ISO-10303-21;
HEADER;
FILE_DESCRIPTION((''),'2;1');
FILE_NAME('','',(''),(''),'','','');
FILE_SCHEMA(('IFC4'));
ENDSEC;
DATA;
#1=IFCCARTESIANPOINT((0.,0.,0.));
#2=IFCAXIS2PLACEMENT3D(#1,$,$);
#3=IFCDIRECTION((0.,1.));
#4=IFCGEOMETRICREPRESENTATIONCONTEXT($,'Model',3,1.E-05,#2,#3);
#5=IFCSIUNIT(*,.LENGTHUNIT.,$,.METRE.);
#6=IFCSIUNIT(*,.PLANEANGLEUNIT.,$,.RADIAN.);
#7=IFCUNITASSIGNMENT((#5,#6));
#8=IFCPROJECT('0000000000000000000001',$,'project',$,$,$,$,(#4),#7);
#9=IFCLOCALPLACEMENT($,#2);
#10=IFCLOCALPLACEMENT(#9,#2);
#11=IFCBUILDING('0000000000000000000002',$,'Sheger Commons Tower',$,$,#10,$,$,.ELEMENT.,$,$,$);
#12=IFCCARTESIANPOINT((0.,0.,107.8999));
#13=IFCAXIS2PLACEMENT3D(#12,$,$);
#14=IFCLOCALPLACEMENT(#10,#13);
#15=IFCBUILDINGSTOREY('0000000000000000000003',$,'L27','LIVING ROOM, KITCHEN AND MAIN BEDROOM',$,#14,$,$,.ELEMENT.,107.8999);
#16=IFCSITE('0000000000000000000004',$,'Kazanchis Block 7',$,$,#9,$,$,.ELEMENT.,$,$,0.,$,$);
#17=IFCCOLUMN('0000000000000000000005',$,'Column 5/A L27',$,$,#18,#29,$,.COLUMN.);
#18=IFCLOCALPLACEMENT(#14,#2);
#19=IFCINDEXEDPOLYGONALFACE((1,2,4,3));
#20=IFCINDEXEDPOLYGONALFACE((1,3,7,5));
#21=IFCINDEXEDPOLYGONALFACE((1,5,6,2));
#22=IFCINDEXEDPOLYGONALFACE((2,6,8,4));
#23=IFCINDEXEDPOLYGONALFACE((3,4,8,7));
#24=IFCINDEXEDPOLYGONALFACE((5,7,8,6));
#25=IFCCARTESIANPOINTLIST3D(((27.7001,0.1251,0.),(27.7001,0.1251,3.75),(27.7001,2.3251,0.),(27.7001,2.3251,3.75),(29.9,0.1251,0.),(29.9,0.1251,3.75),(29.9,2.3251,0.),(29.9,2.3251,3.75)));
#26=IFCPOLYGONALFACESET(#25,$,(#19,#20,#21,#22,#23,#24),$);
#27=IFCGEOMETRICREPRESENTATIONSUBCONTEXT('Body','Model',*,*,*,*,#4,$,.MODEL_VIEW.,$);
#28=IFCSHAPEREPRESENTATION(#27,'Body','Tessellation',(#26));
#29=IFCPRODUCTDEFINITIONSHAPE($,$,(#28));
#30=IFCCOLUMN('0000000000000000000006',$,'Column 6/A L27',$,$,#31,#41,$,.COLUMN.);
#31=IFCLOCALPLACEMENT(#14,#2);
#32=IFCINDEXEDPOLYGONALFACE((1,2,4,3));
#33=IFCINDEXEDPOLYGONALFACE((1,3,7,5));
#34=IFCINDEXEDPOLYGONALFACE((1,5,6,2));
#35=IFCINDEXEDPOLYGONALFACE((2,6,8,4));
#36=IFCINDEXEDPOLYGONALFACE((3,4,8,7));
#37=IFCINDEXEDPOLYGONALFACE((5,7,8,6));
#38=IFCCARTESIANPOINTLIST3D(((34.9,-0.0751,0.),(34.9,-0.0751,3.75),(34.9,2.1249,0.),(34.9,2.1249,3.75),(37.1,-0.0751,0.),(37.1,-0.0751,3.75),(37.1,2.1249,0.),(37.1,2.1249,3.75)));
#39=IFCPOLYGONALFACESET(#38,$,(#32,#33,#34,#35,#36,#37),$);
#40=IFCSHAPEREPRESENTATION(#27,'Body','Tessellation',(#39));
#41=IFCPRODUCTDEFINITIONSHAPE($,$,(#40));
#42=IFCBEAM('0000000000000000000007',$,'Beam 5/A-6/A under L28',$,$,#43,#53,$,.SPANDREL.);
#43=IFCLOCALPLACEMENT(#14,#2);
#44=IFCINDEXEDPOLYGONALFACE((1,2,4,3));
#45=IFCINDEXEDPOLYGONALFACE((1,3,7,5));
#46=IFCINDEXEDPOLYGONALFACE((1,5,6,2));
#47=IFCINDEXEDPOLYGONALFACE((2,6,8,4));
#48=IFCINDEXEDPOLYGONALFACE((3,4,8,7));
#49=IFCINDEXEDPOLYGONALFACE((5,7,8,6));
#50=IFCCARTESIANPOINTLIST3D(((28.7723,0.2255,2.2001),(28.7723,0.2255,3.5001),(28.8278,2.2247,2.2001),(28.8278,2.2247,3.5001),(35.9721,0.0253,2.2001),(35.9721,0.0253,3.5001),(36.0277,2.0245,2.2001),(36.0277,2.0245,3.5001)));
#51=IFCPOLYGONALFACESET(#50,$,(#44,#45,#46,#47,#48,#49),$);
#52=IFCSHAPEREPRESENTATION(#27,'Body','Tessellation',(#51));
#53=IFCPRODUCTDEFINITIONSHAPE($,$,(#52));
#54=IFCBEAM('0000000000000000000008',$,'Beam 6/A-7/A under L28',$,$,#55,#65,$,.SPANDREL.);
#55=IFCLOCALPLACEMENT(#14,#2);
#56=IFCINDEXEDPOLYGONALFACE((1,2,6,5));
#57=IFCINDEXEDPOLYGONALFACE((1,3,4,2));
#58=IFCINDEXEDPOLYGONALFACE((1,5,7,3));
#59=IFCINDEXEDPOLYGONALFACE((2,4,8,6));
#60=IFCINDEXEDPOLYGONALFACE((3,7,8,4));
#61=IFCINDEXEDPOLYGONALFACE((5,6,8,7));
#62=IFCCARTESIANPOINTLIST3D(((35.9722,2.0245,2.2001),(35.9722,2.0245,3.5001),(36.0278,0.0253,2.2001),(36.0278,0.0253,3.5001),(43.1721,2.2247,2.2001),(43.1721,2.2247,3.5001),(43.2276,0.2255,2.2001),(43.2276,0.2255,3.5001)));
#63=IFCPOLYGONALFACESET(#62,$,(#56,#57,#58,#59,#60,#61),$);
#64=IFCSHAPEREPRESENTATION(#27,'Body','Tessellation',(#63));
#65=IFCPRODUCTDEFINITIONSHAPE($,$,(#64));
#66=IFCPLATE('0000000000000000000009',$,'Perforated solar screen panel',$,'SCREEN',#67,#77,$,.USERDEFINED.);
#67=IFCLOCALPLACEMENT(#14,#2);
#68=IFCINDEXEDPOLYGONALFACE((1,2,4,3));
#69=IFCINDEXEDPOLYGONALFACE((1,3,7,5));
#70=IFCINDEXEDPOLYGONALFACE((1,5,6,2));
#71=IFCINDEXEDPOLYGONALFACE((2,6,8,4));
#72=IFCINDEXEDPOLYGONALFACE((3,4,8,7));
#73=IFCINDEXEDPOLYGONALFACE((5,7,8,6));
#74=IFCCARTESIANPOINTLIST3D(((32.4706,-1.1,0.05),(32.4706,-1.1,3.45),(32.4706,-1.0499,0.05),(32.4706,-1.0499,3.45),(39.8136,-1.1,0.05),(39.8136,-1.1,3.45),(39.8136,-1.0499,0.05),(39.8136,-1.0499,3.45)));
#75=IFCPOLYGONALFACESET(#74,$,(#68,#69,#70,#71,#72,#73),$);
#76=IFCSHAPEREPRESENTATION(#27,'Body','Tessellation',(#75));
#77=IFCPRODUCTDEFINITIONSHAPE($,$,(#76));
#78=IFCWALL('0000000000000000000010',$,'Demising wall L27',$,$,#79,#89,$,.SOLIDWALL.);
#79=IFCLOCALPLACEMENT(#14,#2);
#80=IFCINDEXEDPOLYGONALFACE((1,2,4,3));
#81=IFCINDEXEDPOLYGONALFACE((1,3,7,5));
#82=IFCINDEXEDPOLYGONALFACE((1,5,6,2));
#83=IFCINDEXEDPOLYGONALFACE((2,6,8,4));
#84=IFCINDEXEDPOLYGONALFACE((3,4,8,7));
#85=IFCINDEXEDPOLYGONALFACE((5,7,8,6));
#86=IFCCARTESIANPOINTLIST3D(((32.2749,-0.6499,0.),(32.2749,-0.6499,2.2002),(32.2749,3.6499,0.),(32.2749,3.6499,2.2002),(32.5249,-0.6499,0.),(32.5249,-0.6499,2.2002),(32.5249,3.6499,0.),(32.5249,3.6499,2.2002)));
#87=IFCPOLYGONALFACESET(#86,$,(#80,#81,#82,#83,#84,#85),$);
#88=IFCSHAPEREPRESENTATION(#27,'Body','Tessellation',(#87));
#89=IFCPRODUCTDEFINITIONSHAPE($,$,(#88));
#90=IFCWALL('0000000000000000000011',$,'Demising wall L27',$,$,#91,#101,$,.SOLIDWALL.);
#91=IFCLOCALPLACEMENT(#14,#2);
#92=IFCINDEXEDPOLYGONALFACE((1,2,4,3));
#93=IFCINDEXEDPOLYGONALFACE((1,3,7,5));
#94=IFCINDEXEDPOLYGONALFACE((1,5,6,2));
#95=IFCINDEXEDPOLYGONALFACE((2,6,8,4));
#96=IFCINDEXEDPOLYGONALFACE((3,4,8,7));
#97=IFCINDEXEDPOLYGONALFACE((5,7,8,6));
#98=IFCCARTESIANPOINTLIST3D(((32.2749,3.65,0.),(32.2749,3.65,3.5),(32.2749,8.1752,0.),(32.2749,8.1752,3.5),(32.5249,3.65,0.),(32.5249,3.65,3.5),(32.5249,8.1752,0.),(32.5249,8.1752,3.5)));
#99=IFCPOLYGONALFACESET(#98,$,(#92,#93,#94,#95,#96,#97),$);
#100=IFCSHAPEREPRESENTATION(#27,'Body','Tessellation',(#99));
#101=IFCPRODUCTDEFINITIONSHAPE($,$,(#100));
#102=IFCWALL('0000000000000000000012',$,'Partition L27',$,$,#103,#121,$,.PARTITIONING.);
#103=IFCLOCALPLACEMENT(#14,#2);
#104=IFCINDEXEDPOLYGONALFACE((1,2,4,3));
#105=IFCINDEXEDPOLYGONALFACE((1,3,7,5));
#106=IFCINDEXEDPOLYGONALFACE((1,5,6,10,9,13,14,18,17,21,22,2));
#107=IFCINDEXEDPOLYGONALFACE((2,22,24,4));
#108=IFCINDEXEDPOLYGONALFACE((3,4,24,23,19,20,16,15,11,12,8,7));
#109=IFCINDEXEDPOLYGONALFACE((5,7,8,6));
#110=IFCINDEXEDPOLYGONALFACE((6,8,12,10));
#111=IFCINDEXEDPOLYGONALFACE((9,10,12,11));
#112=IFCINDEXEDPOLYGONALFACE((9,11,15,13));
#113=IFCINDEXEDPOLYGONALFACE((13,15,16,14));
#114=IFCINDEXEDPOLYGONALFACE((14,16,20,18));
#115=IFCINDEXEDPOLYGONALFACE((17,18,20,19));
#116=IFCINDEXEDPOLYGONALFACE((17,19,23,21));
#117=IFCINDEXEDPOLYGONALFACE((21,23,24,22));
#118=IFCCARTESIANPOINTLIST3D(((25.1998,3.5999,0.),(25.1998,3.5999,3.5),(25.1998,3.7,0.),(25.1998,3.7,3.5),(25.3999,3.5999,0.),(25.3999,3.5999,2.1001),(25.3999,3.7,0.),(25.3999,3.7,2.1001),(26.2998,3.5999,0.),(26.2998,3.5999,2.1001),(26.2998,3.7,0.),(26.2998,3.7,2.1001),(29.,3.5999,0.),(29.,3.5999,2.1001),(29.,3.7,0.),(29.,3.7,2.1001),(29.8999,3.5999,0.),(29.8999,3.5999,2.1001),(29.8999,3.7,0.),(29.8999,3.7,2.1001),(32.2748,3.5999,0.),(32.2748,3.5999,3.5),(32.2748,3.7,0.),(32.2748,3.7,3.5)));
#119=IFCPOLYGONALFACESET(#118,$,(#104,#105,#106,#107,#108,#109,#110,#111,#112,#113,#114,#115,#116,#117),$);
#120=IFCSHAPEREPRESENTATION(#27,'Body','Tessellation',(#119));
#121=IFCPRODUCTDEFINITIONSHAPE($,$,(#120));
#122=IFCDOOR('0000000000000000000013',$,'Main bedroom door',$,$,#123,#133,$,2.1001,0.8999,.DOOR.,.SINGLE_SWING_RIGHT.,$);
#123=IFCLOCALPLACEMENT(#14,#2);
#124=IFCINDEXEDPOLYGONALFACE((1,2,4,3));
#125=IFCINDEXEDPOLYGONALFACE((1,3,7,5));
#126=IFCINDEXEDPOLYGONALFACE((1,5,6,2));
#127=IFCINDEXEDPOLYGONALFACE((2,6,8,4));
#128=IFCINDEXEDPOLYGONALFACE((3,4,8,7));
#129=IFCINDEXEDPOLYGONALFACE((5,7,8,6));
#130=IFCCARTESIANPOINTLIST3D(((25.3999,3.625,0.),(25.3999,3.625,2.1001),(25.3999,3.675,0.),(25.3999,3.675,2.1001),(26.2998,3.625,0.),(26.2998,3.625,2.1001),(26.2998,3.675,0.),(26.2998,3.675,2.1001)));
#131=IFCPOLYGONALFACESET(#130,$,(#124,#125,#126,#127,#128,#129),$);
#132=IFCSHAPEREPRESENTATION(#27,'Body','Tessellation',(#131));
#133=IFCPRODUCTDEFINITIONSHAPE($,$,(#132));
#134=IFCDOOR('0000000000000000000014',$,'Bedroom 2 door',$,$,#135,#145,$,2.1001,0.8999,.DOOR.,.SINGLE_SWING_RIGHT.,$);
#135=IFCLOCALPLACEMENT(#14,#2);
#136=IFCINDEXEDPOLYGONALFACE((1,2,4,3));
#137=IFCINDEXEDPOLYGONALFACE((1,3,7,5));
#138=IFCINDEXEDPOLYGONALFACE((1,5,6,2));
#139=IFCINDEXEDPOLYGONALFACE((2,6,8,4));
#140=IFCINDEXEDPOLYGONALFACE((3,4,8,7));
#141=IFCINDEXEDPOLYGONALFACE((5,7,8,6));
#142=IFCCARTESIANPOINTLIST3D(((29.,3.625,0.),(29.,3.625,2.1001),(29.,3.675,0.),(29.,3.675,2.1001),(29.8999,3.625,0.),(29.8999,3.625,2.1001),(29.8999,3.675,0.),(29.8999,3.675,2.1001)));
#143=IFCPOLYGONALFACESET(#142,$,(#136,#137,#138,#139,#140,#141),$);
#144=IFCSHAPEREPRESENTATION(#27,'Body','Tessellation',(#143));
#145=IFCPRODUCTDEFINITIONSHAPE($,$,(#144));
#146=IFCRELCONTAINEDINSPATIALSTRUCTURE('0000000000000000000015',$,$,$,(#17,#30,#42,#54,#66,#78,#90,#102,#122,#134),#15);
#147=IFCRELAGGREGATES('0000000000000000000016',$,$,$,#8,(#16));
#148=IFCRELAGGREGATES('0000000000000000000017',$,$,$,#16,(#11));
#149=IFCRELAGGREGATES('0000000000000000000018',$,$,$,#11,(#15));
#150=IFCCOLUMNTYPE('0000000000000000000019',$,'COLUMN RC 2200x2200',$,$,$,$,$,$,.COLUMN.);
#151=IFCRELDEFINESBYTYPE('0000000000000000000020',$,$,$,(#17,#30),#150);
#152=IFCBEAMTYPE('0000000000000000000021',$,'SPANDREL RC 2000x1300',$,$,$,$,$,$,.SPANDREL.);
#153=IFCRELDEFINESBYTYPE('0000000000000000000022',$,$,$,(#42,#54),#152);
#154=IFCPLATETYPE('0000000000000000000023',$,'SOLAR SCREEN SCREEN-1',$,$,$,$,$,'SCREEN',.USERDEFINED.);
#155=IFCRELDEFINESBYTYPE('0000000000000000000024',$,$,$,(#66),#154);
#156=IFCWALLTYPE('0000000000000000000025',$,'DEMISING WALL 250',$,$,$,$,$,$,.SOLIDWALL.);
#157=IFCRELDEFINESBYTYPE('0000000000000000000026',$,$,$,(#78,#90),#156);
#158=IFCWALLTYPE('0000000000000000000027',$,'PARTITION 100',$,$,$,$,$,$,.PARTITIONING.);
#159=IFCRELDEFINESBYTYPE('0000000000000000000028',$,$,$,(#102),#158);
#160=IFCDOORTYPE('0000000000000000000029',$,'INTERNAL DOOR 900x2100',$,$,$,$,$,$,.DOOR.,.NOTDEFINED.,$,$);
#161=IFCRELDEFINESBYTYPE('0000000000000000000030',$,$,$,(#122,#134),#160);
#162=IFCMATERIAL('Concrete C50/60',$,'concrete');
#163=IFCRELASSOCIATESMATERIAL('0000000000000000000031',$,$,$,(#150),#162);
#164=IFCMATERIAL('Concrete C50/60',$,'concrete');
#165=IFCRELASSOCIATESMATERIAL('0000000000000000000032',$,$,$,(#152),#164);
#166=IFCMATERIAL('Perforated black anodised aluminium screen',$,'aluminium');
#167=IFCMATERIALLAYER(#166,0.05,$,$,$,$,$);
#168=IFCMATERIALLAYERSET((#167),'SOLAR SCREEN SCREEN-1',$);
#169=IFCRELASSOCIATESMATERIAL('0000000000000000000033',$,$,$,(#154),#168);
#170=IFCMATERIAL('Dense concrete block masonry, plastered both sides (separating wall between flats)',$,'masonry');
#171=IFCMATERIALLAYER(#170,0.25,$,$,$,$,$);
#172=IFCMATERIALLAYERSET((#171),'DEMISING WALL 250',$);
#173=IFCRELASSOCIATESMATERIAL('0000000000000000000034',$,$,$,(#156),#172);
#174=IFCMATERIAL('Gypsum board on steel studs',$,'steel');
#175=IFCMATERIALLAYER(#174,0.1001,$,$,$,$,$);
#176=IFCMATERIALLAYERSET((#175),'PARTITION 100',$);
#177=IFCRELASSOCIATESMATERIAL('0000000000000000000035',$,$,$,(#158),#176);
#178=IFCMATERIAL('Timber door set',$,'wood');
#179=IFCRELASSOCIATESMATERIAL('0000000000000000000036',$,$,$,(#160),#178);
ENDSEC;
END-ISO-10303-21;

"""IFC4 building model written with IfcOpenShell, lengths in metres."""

from ifc_helpers import new_model, si_unit, direction, frame, frame_2d, origin, origin_2d, place, context, subcontext, project, spatial, rectangle, extrude, material, layer, layer_set, material_profile, profile_set, type_object, element, fill, save


model = new_model("IFC4")

# Units and contexts
model_context = context("Model", 3, precision=1e-05, world=origin(), true_north=direction((0.0, 1.0)))
body_context = subcontext(model_context, "Body", "Model", "MODEL_VIEW")
ifc_project = project(units=[si_unit("LENGTHUNIT", "METRE"), si_unit("PLANEANGLEUNIT", "RADIAN")], contexts=[model_context])

# Site, building, storey
site_placement = place(None, origin())
site = spatial("IfcSite", under=ifc_project, at=site_placement, Name="Kazanchis Block 7", CompositionType="ELEMENT", RefElevation=0.0)
building_placement = place(site_placement, origin())
building = spatial("IfcBuilding", under=site, at=building_placement, Name="Sheger Commons Tower", CompositionType="ELEMENT")
storey_placement = place(building_placement, frame((0.0, 0.0, 107.8999)))
storey = spatial("IfcBuildingStorey", under=building, at=storey_placement, Name="L27", Description="LIVING ROOM, KITCHEN AND MAIN BEDROOM", CompositionType="ELEMENT", Elevation=107.8999)

# Columns
ifc_material_1 = material(Name="Concrete C50/60", Category="concrete")
ifc_material_profile_1 = material_profile(ifc_material_1, rectangle(XDim=2.2, YDim=2.2, at=origin_2d()), Name="RC 2200x2200")
ifc_profile_set_1 = profile_set([ifc_material_profile_1], Name="Concrete C50/60")
column_type = type_object("IfcColumnType", Name="COLUMN RC 2200x2200", PredefinedType="COLUMN", material=ifc_profile_set_1)
for number, where, z_axis, x_axis, name in (
    (1, (28.8, 1.2251, 0.0), (0.0, 0.0, 1.0), (1.0, 0.0, 0.0), "Column 5/A L27"),
    (2, (36.0, 1.0249, 0.0), (0.0, 0.0, 1.0), (1.0, 0.0, 0.0), "Column 6/A L27"),
):
    element("IfcColumn", number, at=place(storey_placement, frame(where, z_axis=z_axis, x_axis=x_axis)), inside=storey, type_object=column_type, Name=name, PredefinedType="COLUMN", context=body_context, shape_type="SweptSolid", body=[
        extrude(rectangle(XDim=2.2, YDim=2.2, at=origin_2d()), origin(), (0.0, 0.0, 1.0), 3.75),
    ])

# Beams
ifc_material_2 = material(Name="Concrete C50/60", Category="concrete")
ifc_material_profile_2 = material_profile(ifc_material_2, rectangle(XDim=2.0, YDim=1.3, at=origin_2d()), Name="RC 2000x1300")
ifc_profile_set_2 = profile_set([ifc_material_profile_2], Name="Concrete C50/60")
beam_type = type_object("IfcBeamType", Name="SPANDREL RC 2000x1300", PredefinedType="SPANDREL", material=ifc_profile_set_2)
for number, where, z_axis, x_axis, name in (
    (3, (28.8, 1.2251, 2.8501), (0.999614, -0.027794, 0.0), (0.027794, 0.999614, 0.0), "Beam 5/A-6/A under L28"),
    (4, (36.0, 1.0249, 2.8501), (0.999614, 0.027794, 0.0), (-0.027794, 0.999614, 0.0), "Beam 6/A-7/A under L28"),
):
    element("IfcBeam", number, at=place(storey_placement, frame(where, z_axis=z_axis, x_axis=x_axis)), inside=storey, type_object=beam_type, Name=name, PredefinedType="SPANDREL", context=body_context, shape_type="SweptSolid", body=[
        extrude(rectangle(XDim=2.0, YDim=1.3, at=origin_2d()), origin(), (0.0, 0.0, 1.0), 7.2026),
    ])

# Plate
ifc_material_3 = material(Name="Perforated black anodised aluminium screen", Category="aluminium")
ifc_layer_1 = layer(ifc_material_3, 0.05)
ifc_layer_set_1 = layer_set([ifc_layer_1], Name="SOLAR SCREEN SCREEN-1")
plate_type = type_object("IfcPlateType", Name="SOLAR SCREEN SCREEN-1", ElementType="SCREEN", PredefinedType="USERDEFINED", material=ifc_layer_set_1)
plate_placement = place(storey_placement, frame((36.1421, -1.075, 0.05), z_axis=(0.0, 0.0, 1.0), x_axis=(1.0, 0.0, 0.0)))
element("IfcPlate", 5, at=plate_placement, inside=storey, type_object=plate_type, Name="Perforated solar screen panel", ObjectType="SCREEN", PredefinedType="USERDEFINED", context=body_context, shape_type="SweptSolid", body=[
    extrude(rectangle(XDim=7.343, YDim=0.05, at=origin_2d()), origin(), (0.0, 0.0, 1.0), 3.3999),
])

# Walls
ifc_material_4 = material(Name="Dense concrete block masonry, plastered both sides (separating wall between flats)", Category="masonry")
ifc_layer_2 = layer(ifc_material_4, 0.25)
ifc_layer_set_2 = layer_set([ifc_layer_2], Name="DEMISING WALL 250")
wall_type_1 = type_object("IfcWallType", Name="DEMISING WALL 250", PredefinedType="SOLIDWALL", material=ifc_layer_set_2)
wall_1_placement = place(storey_placement, frame((32.3999, -0.6499, 0.0), z_axis=(0.0, 0.0, 1.0), x_axis=(0.0, 1.0, 0.0)))
element("IfcWall", 6, at=wall_1_placement, inside=storey, type_object=wall_type_1, Name="Demising wall L27", PredefinedType="SOLIDWALL", context=body_context, shape_type="SweptSolid", body=[
    extrude(rectangle(XDim=4.2998, YDim=0.25, at=frame_2d((2.1499, 0.0))), origin(), (0.0, 0.0, 1.0), 2.2002),
])
wall_2_placement = place(storey_placement, frame((32.3999, 3.6499, 0.0), z_axis=(0.0, 0.0, 1.0), x_axis=(0.0, 1.0, 0.0)))
element("IfcWall", 7, at=wall_2_placement, inside=storey, type_object=wall_type_1, Name="Demising wall L27", PredefinedType="SOLIDWALL", context=body_context, shape_type="SweptSolid", body=[
    extrude(rectangle(XDim=4.5251, YDim=0.25, at=frame_2d((2.2627, 0.0))), origin(), (0.0, 0.0, 1.0), 3.5),
])

# Wall, openings, doors
ifc_material_5 = material(Name="Gypsum board on steel studs", Category="steel")
ifc_layer_3 = layer(ifc_material_5, 0.1001)
ifc_layer_set_3 = layer_set([ifc_layer_3], Name="PARTITION 100")
wall_type_2 = type_object("IfcWallType", Name="PARTITION 100", PredefinedType="PARTITIONING", material=ifc_layer_set_3)
wall_3_placement = place(storey_placement, frame((32.2749, 3.6499, 0.0), z_axis=(0.0, 0.0, 1.0), x_axis=(-1.0, 0.0, 0.0)))
wall_3 = element("IfcWall", 8, at=wall_3_placement, inside=storey, type_object=wall_type_2, Name="Partition L27", PredefinedType="PARTITIONING", context=body_context, shape_type="SweptSolid", body=[
    extrude(rectangle(XDim=7.075, YDim=0.1001, at=frame_2d((3.5376, 0.0))), origin(), (0.0, 0.0, 1.0), 3.5),
])
opening_1_placement = place(wall_3_placement, frame((5.9751, 0.0, 0.0)))
opening_1 = element("IfcOpeningElement", 9, at=opening_1_placement, cuts=wall_3, PredefinedType="OPENING", context=body_context, shape_type="SweptSolid", body=[
    extrude(rectangle(XDim=0.8999, YDim=2.1001, at=frame_2d((0.45, 1.05))), frame((0.0, 0.0601, 0.0), z_axis=(0.0, -1.0, 0.0), x_axis=(1.0, 0.0, 0.0)), (0.0, 0.0, 1.0), 0.1201),
])
opening_2_placement = place(wall_3_placement, frame((2.375, 0.0, 0.0)))
opening_2 = element("IfcOpeningElement", 10, at=opening_2_placement, cuts=wall_3, PredefinedType="OPENING", context=body_context, shape_type="SweptSolid", body=[
    extrude(rectangle(XDim=0.8999, YDim=2.1001, at=frame_2d((0.45, 1.05))), frame((0.0, 0.0601, 0.0), z_axis=(0.0, -1.0, 0.0), x_axis=(1.0, 0.0, 0.0)), (0.0, 0.0, 1.0), 0.1201),
])
ifc_material_6 = material(Name="Timber door set", Category="wood")
door_type = type_object("IfcDoorType", Name="INTERNAL DOOR 900x2100", OperationType="NOTDEFINED", PredefinedType="DOOR", material=ifc_material_6)
door_1_placement = place(opening_1_placement, origin())
door_1 = element("IfcDoor", 11, at=door_1_placement, inside=storey, type_object=door_type, Name="Main bedroom door", OperationType="SINGLE_SWING_RIGHT", OverallHeight=2.1001, OverallWidth=0.8999, PredefinedType="DOOR", context=body_context, shape_type="SweptSolid", body=[
    extrude(rectangle(XDim=0.8999, YDim=2.1001, at=frame_2d((0.45, 1.05))), frame((0.0, 0.0249, 0.0), z_axis=(0.0, -1.0, 0.0), x_axis=(1.0, 0.0, 0.0)), (0.0, 0.0, 1.0), 0.05),
])
fill(opening_1, door_1)
door_2_placement = place(opening_2_placement, origin())
door_2 = element("IfcDoor", 12, at=door_2_placement, inside=storey, type_object=door_type, Name="Bedroom 2 door", OperationType="SINGLE_SWING_RIGHT", OverallHeight=2.1001, OverallWidth=0.8999, PredefinedType="DOOR", context=body_context, shape_type="SweptSolid", body=[
    extrude(rectangle(XDim=0.8999, YDim=2.1001, at=frame_2d((0.45, 1.05))), frame((0.0, 0.0249, 0.0), z_axis=(0.0, -1.0, 0.0), x_axis=(1.0, 0.0, 0.0)), (0.0, 0.0, 1.0), 0.05),
])
fill(opening_2, door_2)

save(model, "model.ifc")
